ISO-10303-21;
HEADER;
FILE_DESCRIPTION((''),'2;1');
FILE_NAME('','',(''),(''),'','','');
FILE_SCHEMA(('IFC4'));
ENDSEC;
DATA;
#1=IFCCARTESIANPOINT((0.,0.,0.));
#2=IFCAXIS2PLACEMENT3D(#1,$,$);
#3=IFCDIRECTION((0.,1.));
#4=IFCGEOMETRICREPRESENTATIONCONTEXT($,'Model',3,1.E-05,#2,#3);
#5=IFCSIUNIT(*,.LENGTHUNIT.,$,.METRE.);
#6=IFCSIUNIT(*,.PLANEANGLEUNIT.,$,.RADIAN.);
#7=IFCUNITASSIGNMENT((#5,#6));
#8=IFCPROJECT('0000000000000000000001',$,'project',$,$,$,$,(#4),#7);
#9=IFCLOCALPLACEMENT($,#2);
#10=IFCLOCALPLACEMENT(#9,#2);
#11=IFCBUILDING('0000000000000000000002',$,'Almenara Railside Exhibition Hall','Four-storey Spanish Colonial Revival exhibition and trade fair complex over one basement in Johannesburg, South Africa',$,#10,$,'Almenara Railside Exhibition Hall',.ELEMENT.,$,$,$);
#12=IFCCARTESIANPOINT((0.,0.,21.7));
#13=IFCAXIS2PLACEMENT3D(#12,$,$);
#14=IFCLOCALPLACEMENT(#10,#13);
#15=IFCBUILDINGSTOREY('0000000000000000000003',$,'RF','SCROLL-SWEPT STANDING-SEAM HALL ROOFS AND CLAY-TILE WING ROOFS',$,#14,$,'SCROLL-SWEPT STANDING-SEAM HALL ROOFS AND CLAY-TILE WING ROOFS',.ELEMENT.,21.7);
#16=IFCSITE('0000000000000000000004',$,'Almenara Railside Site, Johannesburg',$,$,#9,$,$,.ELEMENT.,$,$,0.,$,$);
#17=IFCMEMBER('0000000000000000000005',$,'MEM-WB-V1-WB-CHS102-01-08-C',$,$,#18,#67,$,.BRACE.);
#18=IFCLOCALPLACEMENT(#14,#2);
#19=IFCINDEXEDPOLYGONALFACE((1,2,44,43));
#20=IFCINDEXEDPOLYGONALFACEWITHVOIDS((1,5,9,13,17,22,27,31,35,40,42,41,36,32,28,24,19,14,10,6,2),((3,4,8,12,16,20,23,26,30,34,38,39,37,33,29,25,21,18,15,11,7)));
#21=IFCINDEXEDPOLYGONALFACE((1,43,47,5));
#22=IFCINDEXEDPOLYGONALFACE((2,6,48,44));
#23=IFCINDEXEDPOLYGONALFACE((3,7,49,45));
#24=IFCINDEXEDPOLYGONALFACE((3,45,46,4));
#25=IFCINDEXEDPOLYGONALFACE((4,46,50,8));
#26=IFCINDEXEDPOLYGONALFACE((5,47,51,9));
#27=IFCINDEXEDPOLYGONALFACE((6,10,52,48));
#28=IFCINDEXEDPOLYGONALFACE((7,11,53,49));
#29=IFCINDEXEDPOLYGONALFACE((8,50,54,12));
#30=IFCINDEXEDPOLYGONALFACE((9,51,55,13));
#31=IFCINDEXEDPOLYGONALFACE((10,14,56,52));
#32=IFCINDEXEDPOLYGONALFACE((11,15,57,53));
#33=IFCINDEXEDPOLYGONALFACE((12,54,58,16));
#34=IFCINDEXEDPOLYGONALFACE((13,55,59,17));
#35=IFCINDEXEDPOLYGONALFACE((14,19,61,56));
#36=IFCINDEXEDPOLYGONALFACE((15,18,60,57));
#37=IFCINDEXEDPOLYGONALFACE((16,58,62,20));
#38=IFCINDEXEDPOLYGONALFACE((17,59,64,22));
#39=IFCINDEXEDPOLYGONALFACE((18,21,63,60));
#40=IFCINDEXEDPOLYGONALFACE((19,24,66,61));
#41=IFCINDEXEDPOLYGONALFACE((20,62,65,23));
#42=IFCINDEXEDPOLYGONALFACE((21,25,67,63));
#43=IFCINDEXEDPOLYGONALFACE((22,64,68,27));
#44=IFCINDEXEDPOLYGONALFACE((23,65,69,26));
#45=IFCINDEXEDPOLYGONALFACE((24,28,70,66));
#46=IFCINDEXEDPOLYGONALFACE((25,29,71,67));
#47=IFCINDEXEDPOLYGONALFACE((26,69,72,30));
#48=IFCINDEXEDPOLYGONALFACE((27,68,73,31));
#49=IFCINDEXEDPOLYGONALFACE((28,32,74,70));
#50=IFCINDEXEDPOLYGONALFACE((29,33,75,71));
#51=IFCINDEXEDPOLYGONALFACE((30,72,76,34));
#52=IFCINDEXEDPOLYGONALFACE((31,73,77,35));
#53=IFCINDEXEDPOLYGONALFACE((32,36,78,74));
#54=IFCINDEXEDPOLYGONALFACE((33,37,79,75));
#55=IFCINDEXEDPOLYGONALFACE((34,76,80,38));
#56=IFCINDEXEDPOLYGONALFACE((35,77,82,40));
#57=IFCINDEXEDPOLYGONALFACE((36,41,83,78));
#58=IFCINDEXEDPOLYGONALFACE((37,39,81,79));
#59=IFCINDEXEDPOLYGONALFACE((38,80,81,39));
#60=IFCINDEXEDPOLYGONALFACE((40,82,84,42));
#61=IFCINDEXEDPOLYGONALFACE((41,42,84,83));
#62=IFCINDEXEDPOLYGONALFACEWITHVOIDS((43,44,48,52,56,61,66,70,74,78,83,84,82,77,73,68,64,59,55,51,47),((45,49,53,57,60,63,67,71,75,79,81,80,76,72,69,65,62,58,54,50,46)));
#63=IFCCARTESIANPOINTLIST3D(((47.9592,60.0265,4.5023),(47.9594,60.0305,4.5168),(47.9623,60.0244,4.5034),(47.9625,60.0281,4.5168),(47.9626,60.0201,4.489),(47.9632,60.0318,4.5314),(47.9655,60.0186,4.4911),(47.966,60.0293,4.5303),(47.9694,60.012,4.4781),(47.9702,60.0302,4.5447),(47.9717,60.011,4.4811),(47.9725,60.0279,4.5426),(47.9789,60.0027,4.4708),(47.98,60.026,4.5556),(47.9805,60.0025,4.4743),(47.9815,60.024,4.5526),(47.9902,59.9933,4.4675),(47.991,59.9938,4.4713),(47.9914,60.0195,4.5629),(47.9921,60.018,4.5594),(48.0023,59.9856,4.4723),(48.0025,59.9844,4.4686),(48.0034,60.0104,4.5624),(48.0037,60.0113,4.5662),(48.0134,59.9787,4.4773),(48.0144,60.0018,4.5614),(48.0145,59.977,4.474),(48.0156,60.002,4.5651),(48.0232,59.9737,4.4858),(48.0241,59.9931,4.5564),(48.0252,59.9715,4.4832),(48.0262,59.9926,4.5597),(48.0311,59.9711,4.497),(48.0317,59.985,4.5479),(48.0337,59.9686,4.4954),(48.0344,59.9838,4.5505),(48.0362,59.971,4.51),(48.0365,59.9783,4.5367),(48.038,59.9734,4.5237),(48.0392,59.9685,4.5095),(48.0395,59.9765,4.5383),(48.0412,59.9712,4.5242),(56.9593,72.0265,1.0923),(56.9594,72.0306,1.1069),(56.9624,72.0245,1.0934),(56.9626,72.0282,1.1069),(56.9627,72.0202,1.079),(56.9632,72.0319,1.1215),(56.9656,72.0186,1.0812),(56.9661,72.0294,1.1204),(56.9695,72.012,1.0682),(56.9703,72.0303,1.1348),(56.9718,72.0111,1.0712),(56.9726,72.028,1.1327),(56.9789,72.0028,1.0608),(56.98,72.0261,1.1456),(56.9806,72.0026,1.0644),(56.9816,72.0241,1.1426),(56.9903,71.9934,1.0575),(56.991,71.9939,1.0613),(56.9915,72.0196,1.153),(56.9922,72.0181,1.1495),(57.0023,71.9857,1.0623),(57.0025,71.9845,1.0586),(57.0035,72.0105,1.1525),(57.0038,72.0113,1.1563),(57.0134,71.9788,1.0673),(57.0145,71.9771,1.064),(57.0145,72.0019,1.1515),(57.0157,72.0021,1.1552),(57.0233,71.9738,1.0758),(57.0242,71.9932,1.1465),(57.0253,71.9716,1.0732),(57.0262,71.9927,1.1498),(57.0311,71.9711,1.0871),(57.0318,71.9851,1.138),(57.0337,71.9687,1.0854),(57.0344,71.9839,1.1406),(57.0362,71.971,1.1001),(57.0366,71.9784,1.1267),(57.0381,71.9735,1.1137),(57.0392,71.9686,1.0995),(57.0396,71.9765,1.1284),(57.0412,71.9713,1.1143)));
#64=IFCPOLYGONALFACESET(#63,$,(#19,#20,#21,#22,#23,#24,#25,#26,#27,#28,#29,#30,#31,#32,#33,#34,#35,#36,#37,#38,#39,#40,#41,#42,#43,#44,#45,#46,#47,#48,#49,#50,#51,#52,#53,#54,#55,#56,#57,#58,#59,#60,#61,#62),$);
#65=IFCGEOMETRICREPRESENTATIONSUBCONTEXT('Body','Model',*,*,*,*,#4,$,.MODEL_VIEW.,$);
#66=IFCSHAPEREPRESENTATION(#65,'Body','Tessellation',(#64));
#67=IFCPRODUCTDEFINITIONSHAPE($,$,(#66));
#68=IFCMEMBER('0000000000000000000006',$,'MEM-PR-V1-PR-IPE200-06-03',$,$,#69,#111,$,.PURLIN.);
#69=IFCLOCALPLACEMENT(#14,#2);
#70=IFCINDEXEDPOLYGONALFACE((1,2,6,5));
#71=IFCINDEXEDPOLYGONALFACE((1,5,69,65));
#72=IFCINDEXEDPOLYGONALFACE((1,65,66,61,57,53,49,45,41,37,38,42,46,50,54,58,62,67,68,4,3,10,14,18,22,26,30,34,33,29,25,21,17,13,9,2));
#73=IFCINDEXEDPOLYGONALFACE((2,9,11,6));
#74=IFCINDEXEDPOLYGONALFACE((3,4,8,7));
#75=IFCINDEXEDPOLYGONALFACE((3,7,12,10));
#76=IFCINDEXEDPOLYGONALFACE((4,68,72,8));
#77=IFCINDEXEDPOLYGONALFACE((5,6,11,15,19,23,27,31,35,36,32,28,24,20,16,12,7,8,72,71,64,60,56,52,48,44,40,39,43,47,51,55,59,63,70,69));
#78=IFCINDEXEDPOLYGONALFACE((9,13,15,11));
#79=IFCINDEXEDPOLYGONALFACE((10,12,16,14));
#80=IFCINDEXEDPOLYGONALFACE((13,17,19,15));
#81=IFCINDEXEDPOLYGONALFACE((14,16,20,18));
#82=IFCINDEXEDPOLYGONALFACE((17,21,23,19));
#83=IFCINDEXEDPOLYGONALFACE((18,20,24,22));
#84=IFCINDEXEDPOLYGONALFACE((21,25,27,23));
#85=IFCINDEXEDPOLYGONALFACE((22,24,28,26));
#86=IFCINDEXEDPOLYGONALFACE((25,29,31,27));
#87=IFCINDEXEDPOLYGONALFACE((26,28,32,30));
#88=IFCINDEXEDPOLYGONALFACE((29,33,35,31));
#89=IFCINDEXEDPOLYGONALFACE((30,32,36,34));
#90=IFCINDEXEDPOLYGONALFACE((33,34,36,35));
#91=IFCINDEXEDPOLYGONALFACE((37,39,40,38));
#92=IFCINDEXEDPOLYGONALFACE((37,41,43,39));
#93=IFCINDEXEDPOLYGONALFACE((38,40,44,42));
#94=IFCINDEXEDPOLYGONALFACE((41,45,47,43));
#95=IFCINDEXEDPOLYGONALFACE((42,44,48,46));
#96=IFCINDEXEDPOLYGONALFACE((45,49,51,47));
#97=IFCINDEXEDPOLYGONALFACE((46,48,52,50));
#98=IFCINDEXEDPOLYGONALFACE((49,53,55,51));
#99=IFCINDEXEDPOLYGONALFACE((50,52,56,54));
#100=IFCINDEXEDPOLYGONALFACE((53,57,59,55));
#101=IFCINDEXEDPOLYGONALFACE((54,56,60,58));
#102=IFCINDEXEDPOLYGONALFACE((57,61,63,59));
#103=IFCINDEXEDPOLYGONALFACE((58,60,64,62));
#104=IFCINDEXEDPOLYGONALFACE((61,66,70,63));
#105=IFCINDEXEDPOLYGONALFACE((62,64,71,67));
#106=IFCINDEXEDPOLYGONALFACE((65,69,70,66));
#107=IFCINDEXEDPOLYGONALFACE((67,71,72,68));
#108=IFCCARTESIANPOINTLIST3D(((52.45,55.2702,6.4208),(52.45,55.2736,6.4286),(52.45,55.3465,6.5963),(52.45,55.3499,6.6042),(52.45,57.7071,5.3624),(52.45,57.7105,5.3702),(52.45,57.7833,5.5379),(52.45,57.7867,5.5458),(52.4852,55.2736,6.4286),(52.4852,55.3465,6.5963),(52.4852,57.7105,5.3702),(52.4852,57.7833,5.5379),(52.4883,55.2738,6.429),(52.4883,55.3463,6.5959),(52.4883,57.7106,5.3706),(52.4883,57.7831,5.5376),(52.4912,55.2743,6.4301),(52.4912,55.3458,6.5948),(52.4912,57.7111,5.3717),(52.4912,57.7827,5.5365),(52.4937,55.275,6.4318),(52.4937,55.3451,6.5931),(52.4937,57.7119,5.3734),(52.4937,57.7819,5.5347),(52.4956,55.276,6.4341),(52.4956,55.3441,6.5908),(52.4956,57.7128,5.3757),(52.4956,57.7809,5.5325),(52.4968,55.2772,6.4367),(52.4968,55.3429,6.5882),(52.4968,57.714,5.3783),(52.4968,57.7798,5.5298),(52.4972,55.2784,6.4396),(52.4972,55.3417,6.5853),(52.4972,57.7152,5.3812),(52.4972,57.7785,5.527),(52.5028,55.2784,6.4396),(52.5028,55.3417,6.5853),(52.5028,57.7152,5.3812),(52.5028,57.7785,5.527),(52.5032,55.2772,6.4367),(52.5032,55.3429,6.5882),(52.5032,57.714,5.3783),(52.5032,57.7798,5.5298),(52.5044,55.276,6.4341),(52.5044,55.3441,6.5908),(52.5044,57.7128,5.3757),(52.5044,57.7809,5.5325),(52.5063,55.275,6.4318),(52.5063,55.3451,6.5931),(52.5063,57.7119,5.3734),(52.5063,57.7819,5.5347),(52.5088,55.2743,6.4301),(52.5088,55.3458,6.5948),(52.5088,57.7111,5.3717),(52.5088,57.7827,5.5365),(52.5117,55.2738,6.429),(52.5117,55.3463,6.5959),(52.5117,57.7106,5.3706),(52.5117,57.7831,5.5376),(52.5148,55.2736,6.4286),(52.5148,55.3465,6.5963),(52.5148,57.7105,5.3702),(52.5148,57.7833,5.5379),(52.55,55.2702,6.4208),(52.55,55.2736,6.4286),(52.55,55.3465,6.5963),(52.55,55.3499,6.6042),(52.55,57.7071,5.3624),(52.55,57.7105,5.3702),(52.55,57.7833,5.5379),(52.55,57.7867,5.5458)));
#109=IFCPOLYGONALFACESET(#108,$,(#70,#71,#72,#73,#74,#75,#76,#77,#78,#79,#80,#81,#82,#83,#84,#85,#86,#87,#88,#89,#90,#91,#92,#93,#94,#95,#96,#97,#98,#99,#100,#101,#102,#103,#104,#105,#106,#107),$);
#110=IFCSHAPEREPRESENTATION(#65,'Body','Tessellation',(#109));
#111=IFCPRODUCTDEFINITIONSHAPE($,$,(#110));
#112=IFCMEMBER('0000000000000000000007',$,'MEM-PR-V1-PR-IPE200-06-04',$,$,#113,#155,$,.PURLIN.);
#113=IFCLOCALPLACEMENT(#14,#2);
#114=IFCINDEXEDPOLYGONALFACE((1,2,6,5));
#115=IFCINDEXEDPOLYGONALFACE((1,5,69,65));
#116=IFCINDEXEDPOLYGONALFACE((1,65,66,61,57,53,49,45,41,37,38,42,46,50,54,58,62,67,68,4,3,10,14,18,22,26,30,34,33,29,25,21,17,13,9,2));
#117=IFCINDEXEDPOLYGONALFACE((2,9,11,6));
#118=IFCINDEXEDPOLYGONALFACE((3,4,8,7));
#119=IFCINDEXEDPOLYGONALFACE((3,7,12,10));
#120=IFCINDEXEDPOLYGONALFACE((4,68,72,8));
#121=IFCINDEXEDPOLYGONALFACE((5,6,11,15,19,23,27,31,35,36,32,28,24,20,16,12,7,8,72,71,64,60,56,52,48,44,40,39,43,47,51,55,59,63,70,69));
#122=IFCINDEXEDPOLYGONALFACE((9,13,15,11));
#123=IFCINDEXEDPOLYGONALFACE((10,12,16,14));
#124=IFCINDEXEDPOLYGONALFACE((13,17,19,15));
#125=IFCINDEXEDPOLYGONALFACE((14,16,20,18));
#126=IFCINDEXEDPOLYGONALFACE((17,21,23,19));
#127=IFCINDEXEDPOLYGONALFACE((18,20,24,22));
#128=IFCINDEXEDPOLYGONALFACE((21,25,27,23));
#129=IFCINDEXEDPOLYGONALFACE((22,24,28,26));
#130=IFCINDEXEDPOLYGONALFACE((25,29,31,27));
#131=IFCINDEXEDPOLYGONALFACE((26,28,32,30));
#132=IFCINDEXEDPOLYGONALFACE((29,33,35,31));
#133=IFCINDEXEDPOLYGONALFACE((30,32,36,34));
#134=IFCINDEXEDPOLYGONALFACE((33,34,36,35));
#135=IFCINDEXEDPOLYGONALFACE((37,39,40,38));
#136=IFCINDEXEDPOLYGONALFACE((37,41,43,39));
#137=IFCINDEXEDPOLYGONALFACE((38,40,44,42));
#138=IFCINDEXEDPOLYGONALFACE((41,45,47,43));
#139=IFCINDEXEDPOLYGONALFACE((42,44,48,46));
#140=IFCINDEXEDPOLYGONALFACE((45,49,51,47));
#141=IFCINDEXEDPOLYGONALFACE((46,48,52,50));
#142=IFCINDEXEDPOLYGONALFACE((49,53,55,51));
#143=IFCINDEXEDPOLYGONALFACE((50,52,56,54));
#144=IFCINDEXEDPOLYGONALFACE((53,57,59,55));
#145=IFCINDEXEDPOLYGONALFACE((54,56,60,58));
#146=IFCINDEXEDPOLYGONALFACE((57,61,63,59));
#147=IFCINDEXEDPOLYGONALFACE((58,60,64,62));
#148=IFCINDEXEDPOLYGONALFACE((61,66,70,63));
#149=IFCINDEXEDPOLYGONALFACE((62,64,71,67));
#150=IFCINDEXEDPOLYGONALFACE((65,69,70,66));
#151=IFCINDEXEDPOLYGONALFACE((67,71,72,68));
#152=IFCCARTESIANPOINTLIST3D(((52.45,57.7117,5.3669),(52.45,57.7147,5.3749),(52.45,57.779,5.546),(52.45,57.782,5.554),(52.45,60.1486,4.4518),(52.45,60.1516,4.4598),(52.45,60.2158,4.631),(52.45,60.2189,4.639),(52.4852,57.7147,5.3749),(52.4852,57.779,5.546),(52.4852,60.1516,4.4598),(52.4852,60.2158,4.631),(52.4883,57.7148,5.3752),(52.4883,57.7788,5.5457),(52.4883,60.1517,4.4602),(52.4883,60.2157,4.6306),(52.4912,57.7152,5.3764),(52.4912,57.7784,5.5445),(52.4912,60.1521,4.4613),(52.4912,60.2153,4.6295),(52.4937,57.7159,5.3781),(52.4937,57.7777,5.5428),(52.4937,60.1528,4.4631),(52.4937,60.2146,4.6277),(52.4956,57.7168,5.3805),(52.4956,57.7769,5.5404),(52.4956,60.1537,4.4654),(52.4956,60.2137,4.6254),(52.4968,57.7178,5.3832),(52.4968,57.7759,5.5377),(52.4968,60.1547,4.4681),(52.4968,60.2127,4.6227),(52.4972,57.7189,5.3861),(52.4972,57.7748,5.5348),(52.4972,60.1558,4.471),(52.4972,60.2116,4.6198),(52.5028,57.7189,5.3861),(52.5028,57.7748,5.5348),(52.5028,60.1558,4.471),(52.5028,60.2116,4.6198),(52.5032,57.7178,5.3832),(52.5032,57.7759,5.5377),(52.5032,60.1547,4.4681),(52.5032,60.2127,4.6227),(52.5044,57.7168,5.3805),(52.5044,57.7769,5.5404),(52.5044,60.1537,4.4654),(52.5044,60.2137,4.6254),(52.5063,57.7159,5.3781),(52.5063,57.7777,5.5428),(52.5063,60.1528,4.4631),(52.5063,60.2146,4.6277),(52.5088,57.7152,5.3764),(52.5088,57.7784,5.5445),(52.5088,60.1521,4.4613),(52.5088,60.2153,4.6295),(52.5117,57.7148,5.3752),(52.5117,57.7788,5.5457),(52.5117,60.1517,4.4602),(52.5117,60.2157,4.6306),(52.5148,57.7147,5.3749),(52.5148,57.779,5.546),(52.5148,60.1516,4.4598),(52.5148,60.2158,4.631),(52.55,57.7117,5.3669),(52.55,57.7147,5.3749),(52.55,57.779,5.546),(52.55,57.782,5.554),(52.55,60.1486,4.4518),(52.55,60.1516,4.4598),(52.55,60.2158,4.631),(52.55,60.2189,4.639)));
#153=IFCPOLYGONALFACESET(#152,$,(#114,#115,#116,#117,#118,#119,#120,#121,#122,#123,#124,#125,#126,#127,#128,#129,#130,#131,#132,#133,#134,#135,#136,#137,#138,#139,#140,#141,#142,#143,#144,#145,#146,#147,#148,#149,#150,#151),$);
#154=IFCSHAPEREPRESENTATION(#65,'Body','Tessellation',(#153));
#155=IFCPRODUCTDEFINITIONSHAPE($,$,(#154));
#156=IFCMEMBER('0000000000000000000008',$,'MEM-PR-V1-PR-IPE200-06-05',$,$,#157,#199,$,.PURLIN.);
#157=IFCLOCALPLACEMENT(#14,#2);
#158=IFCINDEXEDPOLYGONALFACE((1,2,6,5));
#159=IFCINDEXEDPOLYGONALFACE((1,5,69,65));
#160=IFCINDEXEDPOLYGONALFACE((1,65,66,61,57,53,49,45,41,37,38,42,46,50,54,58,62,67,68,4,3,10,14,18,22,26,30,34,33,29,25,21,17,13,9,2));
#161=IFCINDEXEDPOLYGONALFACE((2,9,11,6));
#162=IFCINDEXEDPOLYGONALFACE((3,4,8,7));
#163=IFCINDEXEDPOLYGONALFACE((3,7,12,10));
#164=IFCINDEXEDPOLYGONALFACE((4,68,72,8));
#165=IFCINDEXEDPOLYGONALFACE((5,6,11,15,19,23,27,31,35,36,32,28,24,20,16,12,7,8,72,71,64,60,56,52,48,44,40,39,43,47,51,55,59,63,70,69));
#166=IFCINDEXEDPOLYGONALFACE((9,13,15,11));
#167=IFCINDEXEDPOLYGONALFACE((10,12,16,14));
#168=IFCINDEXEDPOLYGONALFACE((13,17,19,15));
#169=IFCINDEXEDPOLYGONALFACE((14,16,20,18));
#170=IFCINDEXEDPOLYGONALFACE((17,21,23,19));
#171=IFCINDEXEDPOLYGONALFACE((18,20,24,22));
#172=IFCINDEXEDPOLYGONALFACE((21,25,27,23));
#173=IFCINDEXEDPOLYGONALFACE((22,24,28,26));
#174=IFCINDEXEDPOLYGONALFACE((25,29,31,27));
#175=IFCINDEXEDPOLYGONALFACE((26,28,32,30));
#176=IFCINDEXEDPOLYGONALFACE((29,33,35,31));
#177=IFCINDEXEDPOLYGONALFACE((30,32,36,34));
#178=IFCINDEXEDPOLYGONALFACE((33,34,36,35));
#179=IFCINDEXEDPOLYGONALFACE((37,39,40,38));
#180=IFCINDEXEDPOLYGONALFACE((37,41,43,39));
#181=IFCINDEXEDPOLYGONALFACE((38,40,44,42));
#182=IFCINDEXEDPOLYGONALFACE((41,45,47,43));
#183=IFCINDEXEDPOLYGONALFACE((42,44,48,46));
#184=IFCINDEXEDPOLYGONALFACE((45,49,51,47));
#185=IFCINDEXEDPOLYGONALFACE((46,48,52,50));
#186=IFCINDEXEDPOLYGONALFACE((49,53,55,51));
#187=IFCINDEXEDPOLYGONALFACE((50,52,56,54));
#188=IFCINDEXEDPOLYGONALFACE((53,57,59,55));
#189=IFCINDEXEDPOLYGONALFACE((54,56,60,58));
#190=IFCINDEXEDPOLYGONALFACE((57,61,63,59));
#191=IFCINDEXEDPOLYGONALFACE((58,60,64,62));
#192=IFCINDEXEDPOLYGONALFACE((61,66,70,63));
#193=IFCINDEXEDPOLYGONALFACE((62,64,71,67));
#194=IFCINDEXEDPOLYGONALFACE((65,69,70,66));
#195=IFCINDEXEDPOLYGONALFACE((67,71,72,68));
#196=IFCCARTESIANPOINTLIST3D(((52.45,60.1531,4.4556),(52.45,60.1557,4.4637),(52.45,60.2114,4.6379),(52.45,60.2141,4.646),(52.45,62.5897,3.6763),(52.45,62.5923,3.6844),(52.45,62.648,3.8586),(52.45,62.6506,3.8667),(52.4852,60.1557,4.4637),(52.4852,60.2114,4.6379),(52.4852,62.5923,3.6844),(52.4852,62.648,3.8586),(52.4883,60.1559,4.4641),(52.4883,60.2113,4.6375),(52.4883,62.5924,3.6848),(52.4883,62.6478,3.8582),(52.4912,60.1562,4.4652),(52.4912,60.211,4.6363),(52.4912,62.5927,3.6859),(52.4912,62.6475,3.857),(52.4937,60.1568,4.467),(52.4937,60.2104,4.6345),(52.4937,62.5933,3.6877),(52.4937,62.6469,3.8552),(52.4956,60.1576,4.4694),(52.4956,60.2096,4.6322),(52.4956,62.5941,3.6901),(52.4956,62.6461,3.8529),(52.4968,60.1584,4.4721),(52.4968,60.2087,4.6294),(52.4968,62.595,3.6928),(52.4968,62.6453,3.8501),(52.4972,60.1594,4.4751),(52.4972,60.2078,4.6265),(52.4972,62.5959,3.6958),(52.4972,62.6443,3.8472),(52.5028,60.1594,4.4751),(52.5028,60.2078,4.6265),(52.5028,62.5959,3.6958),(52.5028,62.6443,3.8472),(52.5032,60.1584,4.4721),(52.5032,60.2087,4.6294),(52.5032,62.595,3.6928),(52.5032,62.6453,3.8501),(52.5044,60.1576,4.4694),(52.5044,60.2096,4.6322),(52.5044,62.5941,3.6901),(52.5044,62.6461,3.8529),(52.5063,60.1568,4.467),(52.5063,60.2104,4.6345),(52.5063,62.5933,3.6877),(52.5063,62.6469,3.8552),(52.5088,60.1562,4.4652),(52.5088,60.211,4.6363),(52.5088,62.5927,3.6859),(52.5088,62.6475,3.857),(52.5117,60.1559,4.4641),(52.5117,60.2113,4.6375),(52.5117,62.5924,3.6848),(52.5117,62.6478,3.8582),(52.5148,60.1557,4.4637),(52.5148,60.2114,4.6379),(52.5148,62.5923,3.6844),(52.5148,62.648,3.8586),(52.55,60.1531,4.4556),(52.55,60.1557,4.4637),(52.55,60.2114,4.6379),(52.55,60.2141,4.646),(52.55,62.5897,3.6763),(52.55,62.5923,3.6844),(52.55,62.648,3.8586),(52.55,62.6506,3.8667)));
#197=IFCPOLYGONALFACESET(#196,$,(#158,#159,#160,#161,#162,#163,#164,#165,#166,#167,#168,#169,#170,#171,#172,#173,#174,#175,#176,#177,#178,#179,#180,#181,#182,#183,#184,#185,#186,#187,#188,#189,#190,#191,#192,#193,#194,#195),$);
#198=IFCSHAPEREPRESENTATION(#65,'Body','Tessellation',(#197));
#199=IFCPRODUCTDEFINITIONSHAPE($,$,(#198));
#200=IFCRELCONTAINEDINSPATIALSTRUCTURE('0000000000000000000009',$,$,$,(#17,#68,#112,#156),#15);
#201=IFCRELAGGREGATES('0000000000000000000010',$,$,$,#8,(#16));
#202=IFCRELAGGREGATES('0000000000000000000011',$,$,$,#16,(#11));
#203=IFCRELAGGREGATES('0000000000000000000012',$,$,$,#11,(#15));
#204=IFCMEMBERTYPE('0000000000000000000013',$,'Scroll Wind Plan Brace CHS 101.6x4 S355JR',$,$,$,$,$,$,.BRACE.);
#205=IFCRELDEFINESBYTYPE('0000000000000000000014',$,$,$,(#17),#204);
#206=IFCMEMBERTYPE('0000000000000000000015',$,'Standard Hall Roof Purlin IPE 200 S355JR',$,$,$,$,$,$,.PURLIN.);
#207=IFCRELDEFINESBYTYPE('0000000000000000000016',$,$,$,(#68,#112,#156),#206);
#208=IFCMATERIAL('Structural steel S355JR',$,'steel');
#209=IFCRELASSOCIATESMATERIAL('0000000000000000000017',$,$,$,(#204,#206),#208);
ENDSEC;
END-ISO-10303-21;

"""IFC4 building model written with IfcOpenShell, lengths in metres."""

from ifc_helpers import new_model, si_unit, direction, frame, origin, origin_2d, place, context, subcontext, project, spatial, hollow_circle, i_section, extrude, material, material_profile, profile_set, type_object, element, save


model = new_model("IFC4")

# Units and contexts
model_context = context("Model", 3, precision=1e-05, world=origin(), true_north=direction((0.0, 1.0)))
body_context = subcontext(model_context, "Body", "Model", "MODEL_VIEW")
ifc_project = project(units=[si_unit("LENGTHUNIT", "METRE"), si_unit("PLANEANGLEUNIT", "RADIAN")], contexts=[model_context])

# Site, building, storey
site_placement = place(None, origin())
site = spatial("IfcSite", under=ifc_project, at=site_placement, Name="Almenara Railside Site, Johannesburg", CompositionType="ELEMENT", RefElevation=0.0)
building_placement = place(site_placement, origin())
building = spatial("IfcBuilding", under=site, at=building_placement, Name="Almenara Railside Exhibition Hall", Description="Four-storey Spanish Colonial Revival exhibition and trade fair complex over one basement in Johannesburg, South Africa", LongName="Almenara Railside Exhibition Hall", CompositionType="ELEMENT")
storey_placement = place(building_placement, frame((0.0, 0.0, 21.7)))
storey = spatial("IfcBuildingStorey", under=building, at=storey_placement, Name="RF", Description="SCROLL-SWEPT STANDING-SEAM HALL ROOFS AND CLAY-TILE WING ROOFS", LongName="SCROLL-SWEPT STANDING-SEAM HALL ROOFS AND CLAY-TILE WING ROOFS", CompositionType="ELEMENT", Elevation=21.7)

# Members
ifc_material_1 = material(Name="Structural steel S355JR", Category="steel")
ifc_material_profile_1 = material_profile(ifc_material_1, hollow_circle(Radius=0.0508, WallThickness=0.0039, at=origin_2d()), Name="CHS 101.6x4")
ifc_profile_set_1 = profile_set([ifc_material_profile_1], Name="Structural steel S355JR")
member_type_1 = type_object("IfcMemberType", Name="Scroll Wind Plan Brace CHS 101.6x4 S355JR", PredefinedType="BRACE", material=ifc_profile_set_1)
member_1_placement = place(storey_placement, frame((48.0, 60.0, 4.5168), z_axis=(0.585073, 0.780097, -0.221672), x_axis=(-0.8, 0.6, 0.0)))
element("IfcMember", 1, at=member_1_placement, inside=storey, type_object=member_type_1, Name="MEM-WB-V1-WB-CHS102-01-08-C", PredefinedType="BRACE", context=body_context, shape_type="SweptSolid", body=[
    extrude(hollow_circle(Radius=0.0508, WallThickness=0.0039, at=origin_2d()), origin(), (0.0, 0.0, 1.0), 15.3828),
])
ifc_material_profile_2 = material_profile(ifc_material_1, i_section(OverallWidth=0.1001, OverallDepth=0.2, WebThickness=0.0056, FlangeThickness=0.0085, FilletRadius=0.012, at=origin_2d()), Name="IPE 200")
ifc_profile_set_2 = profile_set([ifc_material_profile_2], Name="Structural steel S355JR")
member_type_2 = type_object("IfcMemberType", Name="Standard Hall Roof Purlin IPE 200 S355JR", PredefinedType="PURLIN", material=ifc_profile_set_2)
member_2_placement = place(storey_placement, frame((52.5, 55.3101, 6.5125), z_axis=(0.0, 0.917223, -0.398373), x_axis=(-1.0, 0.0, 0.0)))
element("IfcMember", 2, at=member_2_placement, inside=storey, type_object=member_type_2, Name="MEM-PR-V1-PR-IPE200-06-03", PredefinedType="PURLIN", context=body_context, shape_type="SweptSolid", body=[
    extrude(i_section(OverallWidth=0.1001, OverallDepth=0.2, WebThickness=0.0056, FlangeThickness=0.0085, FilletRadius=0.012, at=origin_2d()), origin(), (0.0, 0.0, 1.0), 2.6567),
])
member_3_placement = place(storey_placement, frame((52.5, 57.7468, 5.4604), z_axis=(0.0, 0.936171, -0.351545), x_axis=(-1.0, 0.0, 0.0)))
element("IfcMember", 3, at=member_3_placement, inside=storey, type_object=member_type_2, Name="MEM-PR-V1-PR-IPE200-06-04", PredefinedType="PURLIN", context=body_context, shape_type="SweptSolid", body=[
    extrude(i_section(OverallWidth=0.1001, OverallDepth=0.2, WebThickness=0.0056, FlangeThickness=0.0085, FilletRadius=0.012, at=origin_2d()), origin(), (0.0, 0.0, 1.0), 2.603),
])
member_4_placement = place(storey_placement, frame((52.5, 60.1836, 4.5508), z_axis=(0.0, 0.952468, -0.304637), x_axis=(-1.0, 0.0, 0.0)))
element("IfcMember", 4, at=member_4_placement, inside=storey, type_object=member_type_2, Name="MEM-PR-V1-PR-IPE200-06-05", PredefinedType="PURLIN", context=body_context, shape_type="SweptSolid", body=[
    extrude(i_section(OverallWidth=0.1001, OverallDepth=0.2, WebThickness=0.0056, FlangeThickness=0.0085, FilletRadius=0.012, at=origin_2d()), origin(), (0.0, 0.0, 1.0), 2.5581),
])

save(model, "model.ifc")
